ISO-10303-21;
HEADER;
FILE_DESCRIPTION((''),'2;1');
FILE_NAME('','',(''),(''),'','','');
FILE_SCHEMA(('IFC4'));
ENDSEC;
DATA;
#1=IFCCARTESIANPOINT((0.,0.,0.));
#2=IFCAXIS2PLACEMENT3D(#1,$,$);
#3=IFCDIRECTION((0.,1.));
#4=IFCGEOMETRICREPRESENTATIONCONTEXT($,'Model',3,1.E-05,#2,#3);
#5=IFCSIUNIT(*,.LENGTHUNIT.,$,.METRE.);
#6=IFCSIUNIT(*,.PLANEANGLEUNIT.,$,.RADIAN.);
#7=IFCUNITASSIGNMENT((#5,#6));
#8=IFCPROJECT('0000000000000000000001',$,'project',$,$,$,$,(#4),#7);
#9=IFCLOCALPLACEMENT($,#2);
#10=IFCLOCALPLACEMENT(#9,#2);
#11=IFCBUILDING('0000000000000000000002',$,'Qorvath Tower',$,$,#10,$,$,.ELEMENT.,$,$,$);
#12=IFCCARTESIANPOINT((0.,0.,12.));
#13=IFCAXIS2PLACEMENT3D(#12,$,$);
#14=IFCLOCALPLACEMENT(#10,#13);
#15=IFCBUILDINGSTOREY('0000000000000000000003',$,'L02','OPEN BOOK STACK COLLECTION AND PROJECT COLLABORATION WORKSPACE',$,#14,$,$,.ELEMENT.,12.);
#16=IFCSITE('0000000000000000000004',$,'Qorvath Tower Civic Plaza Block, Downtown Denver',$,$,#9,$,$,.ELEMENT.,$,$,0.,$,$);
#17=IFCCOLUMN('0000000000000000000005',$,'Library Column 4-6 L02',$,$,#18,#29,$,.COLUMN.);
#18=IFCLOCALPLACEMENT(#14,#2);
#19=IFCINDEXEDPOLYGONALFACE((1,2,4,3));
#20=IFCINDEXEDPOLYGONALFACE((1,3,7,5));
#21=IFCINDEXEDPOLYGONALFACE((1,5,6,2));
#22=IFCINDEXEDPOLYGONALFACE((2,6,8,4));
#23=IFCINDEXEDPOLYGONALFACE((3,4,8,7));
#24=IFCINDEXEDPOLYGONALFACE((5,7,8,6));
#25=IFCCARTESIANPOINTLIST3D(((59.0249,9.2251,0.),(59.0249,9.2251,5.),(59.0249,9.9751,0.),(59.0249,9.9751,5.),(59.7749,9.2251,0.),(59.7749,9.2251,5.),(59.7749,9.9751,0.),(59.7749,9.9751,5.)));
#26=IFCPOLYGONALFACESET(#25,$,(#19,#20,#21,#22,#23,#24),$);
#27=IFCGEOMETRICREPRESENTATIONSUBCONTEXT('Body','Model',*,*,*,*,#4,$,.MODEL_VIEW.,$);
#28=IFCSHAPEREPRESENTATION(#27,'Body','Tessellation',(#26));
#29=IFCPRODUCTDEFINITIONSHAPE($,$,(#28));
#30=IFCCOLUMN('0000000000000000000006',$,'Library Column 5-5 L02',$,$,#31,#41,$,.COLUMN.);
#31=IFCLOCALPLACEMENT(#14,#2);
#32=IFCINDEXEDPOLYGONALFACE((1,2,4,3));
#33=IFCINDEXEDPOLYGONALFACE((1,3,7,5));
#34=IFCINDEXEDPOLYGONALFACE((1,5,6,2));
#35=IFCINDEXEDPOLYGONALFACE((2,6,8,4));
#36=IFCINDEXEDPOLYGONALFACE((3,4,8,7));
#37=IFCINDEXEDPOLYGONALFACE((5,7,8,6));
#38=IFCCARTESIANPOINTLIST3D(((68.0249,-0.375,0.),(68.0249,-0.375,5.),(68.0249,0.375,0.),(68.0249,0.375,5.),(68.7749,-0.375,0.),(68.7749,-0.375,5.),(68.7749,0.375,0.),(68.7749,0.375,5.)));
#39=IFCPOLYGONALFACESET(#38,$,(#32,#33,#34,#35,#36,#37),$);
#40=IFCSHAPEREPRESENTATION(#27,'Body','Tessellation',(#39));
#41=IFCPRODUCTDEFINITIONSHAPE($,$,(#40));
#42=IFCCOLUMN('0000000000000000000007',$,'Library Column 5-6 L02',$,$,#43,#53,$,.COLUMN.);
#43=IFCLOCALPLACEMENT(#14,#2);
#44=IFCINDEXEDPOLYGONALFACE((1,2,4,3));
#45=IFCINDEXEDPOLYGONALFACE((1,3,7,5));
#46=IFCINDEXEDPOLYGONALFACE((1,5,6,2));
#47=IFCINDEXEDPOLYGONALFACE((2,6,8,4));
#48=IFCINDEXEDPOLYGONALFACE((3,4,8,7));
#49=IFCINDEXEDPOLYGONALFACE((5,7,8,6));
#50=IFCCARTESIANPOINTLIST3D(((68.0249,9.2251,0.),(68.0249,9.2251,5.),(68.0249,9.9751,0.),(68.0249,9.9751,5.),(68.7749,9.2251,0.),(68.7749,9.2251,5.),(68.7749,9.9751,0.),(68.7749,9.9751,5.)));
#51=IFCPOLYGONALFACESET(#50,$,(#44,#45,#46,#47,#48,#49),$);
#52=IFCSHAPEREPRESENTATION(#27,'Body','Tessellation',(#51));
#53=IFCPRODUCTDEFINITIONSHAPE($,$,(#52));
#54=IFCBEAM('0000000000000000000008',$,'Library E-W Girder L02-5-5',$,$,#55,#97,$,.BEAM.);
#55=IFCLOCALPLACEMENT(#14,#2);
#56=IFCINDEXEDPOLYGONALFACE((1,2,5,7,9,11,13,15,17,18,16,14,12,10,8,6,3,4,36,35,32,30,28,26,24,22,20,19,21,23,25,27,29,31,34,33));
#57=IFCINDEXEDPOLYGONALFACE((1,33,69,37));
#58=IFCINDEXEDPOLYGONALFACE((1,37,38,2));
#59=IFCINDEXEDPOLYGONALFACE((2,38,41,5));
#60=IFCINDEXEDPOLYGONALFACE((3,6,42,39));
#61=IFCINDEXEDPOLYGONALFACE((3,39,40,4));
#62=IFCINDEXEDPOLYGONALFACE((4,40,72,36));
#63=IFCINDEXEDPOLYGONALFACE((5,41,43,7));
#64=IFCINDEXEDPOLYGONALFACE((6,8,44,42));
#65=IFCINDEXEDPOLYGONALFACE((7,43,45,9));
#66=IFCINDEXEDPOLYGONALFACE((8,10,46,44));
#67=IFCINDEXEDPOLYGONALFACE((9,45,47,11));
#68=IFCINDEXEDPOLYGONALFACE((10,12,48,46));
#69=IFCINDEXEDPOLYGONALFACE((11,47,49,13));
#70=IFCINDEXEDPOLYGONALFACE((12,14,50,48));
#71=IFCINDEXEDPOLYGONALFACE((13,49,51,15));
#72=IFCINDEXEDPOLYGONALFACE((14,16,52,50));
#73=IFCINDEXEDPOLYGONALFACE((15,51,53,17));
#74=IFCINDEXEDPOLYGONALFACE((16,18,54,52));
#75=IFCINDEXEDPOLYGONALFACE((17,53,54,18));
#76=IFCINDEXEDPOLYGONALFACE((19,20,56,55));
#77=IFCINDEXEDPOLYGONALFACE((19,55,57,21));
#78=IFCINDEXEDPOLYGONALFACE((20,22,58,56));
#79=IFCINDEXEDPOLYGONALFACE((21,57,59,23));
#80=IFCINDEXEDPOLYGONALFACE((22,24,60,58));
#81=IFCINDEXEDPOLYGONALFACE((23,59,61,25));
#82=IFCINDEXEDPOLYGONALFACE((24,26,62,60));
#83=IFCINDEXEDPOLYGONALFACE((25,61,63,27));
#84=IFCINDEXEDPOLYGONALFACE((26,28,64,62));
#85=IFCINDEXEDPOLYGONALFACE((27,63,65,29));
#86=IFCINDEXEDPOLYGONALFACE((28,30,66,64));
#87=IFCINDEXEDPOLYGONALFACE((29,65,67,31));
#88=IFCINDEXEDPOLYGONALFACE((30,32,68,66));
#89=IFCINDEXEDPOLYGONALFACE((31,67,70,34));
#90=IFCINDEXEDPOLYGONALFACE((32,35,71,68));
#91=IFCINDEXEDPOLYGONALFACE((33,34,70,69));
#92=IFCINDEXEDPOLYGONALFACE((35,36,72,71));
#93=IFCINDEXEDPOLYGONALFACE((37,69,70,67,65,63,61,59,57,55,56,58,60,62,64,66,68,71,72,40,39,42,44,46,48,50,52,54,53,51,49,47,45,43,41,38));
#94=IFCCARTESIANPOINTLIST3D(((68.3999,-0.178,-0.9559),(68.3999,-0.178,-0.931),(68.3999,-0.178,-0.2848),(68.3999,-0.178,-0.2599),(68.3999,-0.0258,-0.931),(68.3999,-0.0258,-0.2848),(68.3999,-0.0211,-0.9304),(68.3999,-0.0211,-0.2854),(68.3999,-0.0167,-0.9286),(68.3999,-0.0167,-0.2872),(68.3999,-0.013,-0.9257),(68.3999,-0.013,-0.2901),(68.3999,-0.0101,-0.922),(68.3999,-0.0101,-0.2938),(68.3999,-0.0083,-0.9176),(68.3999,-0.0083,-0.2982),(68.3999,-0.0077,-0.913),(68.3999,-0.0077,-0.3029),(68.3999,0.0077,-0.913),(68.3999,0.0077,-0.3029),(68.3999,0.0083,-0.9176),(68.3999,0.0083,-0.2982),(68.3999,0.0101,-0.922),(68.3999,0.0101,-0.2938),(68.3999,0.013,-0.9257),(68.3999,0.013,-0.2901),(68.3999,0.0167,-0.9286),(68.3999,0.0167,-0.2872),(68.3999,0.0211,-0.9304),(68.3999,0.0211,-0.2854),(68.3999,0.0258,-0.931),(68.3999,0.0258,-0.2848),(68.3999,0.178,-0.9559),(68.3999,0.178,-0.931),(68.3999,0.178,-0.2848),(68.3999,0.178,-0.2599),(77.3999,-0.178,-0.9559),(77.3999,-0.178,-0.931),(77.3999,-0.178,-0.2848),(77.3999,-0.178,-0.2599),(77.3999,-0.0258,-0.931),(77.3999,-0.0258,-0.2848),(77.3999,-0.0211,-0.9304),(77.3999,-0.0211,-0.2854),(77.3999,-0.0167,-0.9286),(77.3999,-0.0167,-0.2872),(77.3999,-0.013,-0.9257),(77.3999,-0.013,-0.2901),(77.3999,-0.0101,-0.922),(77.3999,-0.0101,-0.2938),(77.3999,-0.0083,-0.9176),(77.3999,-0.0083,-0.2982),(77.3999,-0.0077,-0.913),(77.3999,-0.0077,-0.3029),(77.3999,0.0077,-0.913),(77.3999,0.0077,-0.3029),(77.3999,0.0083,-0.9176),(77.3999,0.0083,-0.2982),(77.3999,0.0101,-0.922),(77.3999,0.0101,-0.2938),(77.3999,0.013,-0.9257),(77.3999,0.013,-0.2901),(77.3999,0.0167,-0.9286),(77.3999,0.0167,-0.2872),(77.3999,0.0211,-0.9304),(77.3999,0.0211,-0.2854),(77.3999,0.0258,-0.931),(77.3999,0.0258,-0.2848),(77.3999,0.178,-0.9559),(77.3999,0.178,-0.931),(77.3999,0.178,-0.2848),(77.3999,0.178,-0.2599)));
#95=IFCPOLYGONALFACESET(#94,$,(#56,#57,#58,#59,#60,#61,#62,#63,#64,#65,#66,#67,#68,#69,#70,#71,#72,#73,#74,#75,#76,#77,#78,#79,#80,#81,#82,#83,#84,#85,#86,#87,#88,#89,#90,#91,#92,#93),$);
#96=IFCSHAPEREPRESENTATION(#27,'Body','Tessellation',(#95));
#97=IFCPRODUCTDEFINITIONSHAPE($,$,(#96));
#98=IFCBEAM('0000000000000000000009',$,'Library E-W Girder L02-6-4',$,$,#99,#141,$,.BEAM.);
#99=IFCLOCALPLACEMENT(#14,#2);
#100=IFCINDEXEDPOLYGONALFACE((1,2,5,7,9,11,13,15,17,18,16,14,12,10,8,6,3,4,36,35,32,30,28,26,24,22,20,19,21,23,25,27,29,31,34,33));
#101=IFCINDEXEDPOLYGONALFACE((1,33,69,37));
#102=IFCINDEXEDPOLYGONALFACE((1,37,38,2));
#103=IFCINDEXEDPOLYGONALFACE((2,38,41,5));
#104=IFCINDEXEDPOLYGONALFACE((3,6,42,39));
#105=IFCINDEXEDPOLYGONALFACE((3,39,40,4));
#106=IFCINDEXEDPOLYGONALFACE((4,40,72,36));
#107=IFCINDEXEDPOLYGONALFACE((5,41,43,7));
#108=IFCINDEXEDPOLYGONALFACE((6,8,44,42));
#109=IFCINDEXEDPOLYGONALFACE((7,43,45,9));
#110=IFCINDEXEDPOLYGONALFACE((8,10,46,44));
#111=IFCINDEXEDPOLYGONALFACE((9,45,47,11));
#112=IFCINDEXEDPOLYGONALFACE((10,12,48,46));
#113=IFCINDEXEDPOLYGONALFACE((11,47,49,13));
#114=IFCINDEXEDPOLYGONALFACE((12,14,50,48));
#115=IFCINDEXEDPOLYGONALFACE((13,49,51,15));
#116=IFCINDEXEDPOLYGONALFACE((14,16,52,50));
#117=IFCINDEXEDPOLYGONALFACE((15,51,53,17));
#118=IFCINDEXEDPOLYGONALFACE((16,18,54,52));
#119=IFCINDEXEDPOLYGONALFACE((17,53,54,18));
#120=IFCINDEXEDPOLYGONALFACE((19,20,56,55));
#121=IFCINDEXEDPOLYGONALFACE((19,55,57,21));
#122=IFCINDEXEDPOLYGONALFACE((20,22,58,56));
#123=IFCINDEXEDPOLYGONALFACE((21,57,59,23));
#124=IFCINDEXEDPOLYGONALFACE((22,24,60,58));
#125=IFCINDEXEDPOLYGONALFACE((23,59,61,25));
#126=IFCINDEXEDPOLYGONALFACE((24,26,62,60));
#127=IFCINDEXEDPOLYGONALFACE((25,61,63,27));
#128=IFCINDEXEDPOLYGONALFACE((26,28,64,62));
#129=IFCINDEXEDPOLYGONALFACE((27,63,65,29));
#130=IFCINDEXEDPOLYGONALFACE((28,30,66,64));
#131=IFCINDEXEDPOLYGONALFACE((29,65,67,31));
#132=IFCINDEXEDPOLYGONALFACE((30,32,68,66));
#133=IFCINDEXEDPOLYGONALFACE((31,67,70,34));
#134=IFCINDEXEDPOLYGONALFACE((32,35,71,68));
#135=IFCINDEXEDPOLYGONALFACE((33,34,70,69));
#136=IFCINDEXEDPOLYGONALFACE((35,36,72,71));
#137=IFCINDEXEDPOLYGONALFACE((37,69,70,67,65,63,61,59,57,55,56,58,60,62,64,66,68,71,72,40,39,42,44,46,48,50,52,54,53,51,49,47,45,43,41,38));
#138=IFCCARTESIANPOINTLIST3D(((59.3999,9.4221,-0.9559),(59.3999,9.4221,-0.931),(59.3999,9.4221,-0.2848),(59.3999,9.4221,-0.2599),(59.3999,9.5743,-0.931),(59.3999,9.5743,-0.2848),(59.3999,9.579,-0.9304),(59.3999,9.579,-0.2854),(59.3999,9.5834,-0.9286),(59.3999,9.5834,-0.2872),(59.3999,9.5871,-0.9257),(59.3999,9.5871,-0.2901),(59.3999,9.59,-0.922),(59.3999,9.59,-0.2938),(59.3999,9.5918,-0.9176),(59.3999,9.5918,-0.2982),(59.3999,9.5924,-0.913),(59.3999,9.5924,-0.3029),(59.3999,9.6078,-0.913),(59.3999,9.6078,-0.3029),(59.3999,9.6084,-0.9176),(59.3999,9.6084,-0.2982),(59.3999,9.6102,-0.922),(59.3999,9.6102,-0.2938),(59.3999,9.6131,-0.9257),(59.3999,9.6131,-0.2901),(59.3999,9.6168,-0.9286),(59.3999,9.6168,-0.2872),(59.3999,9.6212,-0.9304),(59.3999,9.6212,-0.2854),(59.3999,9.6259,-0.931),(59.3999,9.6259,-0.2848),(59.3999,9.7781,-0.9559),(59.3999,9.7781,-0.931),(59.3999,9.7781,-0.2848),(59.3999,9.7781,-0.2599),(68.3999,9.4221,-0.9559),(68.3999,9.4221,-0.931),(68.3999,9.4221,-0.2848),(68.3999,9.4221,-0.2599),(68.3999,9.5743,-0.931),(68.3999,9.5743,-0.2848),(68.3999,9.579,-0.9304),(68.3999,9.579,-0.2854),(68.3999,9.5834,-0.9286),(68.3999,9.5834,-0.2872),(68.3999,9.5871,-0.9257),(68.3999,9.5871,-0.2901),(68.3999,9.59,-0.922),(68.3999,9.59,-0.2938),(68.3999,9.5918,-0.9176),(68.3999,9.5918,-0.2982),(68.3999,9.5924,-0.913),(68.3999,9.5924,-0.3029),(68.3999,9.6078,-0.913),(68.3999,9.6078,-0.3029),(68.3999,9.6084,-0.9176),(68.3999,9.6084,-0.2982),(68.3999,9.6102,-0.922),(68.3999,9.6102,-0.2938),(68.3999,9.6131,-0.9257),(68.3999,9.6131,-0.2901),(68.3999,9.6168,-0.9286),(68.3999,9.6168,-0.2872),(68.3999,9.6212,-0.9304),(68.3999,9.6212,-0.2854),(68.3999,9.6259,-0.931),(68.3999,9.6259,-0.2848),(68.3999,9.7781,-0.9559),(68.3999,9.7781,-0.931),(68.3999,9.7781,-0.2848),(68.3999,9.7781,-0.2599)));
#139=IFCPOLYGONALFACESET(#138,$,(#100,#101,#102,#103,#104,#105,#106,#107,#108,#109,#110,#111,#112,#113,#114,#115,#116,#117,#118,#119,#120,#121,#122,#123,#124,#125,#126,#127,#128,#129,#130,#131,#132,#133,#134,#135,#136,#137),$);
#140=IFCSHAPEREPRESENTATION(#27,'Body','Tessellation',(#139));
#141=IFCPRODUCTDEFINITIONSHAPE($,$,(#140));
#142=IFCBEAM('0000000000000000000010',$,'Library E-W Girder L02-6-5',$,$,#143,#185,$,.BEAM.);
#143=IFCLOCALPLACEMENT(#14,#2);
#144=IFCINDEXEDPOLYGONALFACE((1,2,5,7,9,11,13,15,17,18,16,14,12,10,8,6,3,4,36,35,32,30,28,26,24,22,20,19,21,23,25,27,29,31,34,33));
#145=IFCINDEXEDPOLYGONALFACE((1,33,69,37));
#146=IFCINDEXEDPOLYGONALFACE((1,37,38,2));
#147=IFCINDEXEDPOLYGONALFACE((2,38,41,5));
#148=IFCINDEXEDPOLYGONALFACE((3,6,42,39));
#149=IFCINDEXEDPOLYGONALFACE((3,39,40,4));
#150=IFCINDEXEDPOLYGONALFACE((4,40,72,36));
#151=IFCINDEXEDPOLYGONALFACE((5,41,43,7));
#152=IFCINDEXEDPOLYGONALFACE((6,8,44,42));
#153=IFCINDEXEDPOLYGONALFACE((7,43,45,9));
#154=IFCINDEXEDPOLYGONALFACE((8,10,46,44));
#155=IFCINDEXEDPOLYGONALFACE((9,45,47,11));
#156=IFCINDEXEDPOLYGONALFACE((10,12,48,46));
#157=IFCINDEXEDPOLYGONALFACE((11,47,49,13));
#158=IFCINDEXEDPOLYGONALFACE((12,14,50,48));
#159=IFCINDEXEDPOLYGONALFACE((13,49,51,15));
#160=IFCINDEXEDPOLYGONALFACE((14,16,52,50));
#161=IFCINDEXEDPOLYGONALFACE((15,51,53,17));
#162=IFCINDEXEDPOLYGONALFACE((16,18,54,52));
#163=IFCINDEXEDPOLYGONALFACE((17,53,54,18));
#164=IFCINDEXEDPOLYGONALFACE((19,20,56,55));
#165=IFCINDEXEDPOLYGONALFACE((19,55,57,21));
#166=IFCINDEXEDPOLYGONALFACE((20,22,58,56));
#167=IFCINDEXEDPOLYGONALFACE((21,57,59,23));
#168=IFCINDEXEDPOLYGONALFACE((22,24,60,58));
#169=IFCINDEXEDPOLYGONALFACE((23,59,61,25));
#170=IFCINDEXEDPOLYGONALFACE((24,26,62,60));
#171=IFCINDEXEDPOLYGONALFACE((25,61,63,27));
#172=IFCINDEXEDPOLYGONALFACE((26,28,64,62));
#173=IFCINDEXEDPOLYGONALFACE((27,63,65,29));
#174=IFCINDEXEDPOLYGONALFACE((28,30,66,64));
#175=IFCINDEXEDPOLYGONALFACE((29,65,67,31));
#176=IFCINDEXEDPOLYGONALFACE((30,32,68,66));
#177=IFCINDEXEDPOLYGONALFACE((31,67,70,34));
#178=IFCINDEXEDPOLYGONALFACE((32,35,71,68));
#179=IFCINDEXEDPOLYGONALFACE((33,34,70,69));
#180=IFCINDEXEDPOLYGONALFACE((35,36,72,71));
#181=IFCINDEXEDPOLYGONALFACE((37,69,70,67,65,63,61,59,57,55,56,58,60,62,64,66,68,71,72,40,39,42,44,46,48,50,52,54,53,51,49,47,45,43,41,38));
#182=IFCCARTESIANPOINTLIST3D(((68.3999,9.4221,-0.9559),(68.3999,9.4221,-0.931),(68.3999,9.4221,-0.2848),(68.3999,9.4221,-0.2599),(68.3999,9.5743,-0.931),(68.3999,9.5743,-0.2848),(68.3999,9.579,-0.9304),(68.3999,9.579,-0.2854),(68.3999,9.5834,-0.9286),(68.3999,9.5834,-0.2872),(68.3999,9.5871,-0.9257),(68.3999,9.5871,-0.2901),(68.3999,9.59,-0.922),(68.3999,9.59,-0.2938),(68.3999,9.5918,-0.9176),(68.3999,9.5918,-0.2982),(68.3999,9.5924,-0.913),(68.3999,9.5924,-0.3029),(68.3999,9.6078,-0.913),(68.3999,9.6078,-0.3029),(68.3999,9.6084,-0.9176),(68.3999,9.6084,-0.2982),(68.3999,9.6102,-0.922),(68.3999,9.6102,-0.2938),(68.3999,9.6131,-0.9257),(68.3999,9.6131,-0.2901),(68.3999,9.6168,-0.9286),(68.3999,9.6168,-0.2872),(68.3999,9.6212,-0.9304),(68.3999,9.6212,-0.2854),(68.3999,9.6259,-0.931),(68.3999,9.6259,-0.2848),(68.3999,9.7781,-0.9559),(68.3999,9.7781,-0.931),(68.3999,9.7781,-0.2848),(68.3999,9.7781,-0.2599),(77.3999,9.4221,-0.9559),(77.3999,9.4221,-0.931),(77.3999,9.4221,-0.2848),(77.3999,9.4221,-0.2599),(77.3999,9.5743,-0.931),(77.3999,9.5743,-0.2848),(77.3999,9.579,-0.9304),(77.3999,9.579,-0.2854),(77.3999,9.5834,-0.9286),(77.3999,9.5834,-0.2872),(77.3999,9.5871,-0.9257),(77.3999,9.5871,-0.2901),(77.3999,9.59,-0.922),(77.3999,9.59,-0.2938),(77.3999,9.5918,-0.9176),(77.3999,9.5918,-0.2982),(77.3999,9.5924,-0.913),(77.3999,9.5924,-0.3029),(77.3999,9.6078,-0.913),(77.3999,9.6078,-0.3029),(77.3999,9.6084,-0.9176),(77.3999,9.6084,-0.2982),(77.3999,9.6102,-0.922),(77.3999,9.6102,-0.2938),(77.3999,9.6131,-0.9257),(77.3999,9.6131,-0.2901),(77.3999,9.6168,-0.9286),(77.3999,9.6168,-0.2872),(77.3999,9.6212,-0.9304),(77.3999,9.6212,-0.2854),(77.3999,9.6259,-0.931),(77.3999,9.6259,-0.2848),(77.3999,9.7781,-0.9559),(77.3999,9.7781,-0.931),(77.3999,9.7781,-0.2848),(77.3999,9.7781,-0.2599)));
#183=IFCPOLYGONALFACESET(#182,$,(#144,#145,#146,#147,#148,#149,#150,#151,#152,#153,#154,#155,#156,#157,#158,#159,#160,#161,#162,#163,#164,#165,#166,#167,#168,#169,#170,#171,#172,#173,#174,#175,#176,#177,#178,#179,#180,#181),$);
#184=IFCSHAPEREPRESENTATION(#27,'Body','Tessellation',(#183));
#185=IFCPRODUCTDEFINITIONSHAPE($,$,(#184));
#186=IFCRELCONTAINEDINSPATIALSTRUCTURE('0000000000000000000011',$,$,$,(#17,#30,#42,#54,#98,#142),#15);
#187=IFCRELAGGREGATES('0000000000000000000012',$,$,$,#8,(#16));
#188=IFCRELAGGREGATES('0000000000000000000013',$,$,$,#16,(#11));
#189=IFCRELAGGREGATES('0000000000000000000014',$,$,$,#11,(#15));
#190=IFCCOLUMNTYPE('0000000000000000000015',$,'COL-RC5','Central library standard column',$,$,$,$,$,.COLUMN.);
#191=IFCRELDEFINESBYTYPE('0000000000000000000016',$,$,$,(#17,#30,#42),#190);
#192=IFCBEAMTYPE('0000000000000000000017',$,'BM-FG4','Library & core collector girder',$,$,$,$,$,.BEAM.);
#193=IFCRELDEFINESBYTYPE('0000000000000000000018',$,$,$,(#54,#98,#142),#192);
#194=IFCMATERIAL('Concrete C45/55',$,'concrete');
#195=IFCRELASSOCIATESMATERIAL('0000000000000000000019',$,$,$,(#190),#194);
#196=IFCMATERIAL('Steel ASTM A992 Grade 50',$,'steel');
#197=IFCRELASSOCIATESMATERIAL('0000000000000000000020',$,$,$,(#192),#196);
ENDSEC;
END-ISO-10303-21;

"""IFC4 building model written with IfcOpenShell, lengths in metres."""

from ifc_helpers import new_model, si_unit, direction, frame, origin, origin_2d, place, context, subcontext, project, spatial, rectangle, i_section, extrude, material, material_profile, profile_set, type_object, element, save


model = new_model("IFC4")

# Units and contexts
model_context = context("Model", 3, precision=1e-05, world=origin(), true_north=direction((0.0, 1.0)))
body_context = subcontext(model_context, "Body", "Model", "MODEL_VIEW")
ifc_project = project(units=[si_unit("LENGTHUNIT", "METRE"), si_unit("PLANEANGLEUNIT", "RADIAN")], contexts=[model_context])

# Site, building, storey
site_placement = place(None, origin())
site = spatial("IfcSite", under=ifc_project, at=site_placement, Name="Qorvath Tower Civic Plaza Block, Downtown Denver", CompositionType="ELEMENT", RefElevation=0.0)
building_placement = place(site_placement, origin())
building = spatial("IfcBuilding", under=site, at=building_placement, Name="Qorvath Tower", CompositionType="ELEMENT")
storey_placement = place(building_placement, frame((0.0, 0.0, 12.0)))
storey = spatial("IfcBuildingStorey", under=building, at=storey_placement, Name="L02", Description="OPEN BOOK STACK COLLECTION AND PROJECT COLLABORATION WORKSPACE", CompositionType="ELEMENT", Elevation=12.0)

# Columns
ifc_material_1 = material(Name="Concrete C45/55", Category="concrete")
ifc_material_profile_1 = material_profile(ifc_material_1, rectangle(XDim=0.75, YDim=0.75, at=origin_2d()), Name="RC 750x750")
ifc_profile_set_1 = profile_set([ifc_material_profile_1], Name="Concrete C45/55")
column_type = type_object("IfcColumnType", Name="COL-RC5", Description="Central library standard column", PredefinedType="COLUMN", material=ifc_profile_set_1)
for number, where, z_axis, x_axis, name in (
    (1, (59.3999, 9.6001, 0.0), (0.0, 0.0, 1.0), (1.0, 0.0, 0.0), "Library Column 4-6 L02"),
    (2, (68.3999, 0.0, 0.0), (0.0, 0.0, 1.0), (1.0, 0.0, 0.0), "Library Column 5-5 L02"),
    (3, (68.3999, 9.6001, 0.0), (0.0, 0.0, 1.0), (1.0, 0.0, 0.0), "Library Column 5-6 L02"),
):
    element("IfcColumn", number, at=place(storey_placement, frame(where, z_axis=z_axis, x_axis=x_axis)), inside=storey, type_object=column_type, Name=name, PredefinedType="COLUMN", context=body_context, shape_type="SweptSolid", body=[
        extrude(rectangle(XDim=0.75, YDim=0.75, at=origin_2d()), origin(), (0.0, 0.0, 1.0), 5.0),
    ])

# Beams
ifc_material_2 = material(Name="Steel ASTM A992 Grade 50", Category="steel")
ifc_material_profile_2 = material_profile(ifc_material_2, i_section(OverallWidth=0.356, OverallDepth=0.696, WebThickness=0.0154, FlangeThickness=0.0249, FilletRadius=0.0181, at=origin_2d()), Name="W27x146")
ifc_profile_set_2 = profile_set([ifc_material_profile_2], Name="Steel ASTM A992 Grade 50")
beam_type_1 = type_object("IfcBeamType", Name="BM-FG4", Description="Library & core collector girder", PredefinedType="BEAM", material=ifc_profile_set_2)
for number, where, z_axis, x_axis, name in (
    (4, (68.3999, 0.0, -0.6079), (1.0, 0.0, 0.0), (0.0, 1.0, 0.0), "Library E-W Girder L02-5-5"),
    (5, (59.3999, 9.6001, -0.6079), (1.0, 0.0, 0.0), (0.0, 1.0, 0.0), "Library E-W Girder L02-6-4"),
    (6, (68.3999, 9.6001, -0.6079), (1.0, 0.0, 0.0), (0.0, 1.0, 0.0), "Library E-W Girder L02-6-5"),
):
    element("IfcBeam", number, at=place(storey_placement, frame(where, z_axis=z_axis, x_axis=x_axis)), inside=storey, type_object=beam_type_1, Name=name, PredefinedType="BEAM", context=body_context, shape_type="SweptSolid", body=[
        extrude(i_section(OverallWidth=0.356, OverallDepth=0.696, WebThickness=0.0154, FlangeThickness=0.0249, FilletRadius=0.0181, at=origin_2d()), origin(), (0.0, 0.0, 1.0), 9.0),
    ])

save(model, "model.ifc")
